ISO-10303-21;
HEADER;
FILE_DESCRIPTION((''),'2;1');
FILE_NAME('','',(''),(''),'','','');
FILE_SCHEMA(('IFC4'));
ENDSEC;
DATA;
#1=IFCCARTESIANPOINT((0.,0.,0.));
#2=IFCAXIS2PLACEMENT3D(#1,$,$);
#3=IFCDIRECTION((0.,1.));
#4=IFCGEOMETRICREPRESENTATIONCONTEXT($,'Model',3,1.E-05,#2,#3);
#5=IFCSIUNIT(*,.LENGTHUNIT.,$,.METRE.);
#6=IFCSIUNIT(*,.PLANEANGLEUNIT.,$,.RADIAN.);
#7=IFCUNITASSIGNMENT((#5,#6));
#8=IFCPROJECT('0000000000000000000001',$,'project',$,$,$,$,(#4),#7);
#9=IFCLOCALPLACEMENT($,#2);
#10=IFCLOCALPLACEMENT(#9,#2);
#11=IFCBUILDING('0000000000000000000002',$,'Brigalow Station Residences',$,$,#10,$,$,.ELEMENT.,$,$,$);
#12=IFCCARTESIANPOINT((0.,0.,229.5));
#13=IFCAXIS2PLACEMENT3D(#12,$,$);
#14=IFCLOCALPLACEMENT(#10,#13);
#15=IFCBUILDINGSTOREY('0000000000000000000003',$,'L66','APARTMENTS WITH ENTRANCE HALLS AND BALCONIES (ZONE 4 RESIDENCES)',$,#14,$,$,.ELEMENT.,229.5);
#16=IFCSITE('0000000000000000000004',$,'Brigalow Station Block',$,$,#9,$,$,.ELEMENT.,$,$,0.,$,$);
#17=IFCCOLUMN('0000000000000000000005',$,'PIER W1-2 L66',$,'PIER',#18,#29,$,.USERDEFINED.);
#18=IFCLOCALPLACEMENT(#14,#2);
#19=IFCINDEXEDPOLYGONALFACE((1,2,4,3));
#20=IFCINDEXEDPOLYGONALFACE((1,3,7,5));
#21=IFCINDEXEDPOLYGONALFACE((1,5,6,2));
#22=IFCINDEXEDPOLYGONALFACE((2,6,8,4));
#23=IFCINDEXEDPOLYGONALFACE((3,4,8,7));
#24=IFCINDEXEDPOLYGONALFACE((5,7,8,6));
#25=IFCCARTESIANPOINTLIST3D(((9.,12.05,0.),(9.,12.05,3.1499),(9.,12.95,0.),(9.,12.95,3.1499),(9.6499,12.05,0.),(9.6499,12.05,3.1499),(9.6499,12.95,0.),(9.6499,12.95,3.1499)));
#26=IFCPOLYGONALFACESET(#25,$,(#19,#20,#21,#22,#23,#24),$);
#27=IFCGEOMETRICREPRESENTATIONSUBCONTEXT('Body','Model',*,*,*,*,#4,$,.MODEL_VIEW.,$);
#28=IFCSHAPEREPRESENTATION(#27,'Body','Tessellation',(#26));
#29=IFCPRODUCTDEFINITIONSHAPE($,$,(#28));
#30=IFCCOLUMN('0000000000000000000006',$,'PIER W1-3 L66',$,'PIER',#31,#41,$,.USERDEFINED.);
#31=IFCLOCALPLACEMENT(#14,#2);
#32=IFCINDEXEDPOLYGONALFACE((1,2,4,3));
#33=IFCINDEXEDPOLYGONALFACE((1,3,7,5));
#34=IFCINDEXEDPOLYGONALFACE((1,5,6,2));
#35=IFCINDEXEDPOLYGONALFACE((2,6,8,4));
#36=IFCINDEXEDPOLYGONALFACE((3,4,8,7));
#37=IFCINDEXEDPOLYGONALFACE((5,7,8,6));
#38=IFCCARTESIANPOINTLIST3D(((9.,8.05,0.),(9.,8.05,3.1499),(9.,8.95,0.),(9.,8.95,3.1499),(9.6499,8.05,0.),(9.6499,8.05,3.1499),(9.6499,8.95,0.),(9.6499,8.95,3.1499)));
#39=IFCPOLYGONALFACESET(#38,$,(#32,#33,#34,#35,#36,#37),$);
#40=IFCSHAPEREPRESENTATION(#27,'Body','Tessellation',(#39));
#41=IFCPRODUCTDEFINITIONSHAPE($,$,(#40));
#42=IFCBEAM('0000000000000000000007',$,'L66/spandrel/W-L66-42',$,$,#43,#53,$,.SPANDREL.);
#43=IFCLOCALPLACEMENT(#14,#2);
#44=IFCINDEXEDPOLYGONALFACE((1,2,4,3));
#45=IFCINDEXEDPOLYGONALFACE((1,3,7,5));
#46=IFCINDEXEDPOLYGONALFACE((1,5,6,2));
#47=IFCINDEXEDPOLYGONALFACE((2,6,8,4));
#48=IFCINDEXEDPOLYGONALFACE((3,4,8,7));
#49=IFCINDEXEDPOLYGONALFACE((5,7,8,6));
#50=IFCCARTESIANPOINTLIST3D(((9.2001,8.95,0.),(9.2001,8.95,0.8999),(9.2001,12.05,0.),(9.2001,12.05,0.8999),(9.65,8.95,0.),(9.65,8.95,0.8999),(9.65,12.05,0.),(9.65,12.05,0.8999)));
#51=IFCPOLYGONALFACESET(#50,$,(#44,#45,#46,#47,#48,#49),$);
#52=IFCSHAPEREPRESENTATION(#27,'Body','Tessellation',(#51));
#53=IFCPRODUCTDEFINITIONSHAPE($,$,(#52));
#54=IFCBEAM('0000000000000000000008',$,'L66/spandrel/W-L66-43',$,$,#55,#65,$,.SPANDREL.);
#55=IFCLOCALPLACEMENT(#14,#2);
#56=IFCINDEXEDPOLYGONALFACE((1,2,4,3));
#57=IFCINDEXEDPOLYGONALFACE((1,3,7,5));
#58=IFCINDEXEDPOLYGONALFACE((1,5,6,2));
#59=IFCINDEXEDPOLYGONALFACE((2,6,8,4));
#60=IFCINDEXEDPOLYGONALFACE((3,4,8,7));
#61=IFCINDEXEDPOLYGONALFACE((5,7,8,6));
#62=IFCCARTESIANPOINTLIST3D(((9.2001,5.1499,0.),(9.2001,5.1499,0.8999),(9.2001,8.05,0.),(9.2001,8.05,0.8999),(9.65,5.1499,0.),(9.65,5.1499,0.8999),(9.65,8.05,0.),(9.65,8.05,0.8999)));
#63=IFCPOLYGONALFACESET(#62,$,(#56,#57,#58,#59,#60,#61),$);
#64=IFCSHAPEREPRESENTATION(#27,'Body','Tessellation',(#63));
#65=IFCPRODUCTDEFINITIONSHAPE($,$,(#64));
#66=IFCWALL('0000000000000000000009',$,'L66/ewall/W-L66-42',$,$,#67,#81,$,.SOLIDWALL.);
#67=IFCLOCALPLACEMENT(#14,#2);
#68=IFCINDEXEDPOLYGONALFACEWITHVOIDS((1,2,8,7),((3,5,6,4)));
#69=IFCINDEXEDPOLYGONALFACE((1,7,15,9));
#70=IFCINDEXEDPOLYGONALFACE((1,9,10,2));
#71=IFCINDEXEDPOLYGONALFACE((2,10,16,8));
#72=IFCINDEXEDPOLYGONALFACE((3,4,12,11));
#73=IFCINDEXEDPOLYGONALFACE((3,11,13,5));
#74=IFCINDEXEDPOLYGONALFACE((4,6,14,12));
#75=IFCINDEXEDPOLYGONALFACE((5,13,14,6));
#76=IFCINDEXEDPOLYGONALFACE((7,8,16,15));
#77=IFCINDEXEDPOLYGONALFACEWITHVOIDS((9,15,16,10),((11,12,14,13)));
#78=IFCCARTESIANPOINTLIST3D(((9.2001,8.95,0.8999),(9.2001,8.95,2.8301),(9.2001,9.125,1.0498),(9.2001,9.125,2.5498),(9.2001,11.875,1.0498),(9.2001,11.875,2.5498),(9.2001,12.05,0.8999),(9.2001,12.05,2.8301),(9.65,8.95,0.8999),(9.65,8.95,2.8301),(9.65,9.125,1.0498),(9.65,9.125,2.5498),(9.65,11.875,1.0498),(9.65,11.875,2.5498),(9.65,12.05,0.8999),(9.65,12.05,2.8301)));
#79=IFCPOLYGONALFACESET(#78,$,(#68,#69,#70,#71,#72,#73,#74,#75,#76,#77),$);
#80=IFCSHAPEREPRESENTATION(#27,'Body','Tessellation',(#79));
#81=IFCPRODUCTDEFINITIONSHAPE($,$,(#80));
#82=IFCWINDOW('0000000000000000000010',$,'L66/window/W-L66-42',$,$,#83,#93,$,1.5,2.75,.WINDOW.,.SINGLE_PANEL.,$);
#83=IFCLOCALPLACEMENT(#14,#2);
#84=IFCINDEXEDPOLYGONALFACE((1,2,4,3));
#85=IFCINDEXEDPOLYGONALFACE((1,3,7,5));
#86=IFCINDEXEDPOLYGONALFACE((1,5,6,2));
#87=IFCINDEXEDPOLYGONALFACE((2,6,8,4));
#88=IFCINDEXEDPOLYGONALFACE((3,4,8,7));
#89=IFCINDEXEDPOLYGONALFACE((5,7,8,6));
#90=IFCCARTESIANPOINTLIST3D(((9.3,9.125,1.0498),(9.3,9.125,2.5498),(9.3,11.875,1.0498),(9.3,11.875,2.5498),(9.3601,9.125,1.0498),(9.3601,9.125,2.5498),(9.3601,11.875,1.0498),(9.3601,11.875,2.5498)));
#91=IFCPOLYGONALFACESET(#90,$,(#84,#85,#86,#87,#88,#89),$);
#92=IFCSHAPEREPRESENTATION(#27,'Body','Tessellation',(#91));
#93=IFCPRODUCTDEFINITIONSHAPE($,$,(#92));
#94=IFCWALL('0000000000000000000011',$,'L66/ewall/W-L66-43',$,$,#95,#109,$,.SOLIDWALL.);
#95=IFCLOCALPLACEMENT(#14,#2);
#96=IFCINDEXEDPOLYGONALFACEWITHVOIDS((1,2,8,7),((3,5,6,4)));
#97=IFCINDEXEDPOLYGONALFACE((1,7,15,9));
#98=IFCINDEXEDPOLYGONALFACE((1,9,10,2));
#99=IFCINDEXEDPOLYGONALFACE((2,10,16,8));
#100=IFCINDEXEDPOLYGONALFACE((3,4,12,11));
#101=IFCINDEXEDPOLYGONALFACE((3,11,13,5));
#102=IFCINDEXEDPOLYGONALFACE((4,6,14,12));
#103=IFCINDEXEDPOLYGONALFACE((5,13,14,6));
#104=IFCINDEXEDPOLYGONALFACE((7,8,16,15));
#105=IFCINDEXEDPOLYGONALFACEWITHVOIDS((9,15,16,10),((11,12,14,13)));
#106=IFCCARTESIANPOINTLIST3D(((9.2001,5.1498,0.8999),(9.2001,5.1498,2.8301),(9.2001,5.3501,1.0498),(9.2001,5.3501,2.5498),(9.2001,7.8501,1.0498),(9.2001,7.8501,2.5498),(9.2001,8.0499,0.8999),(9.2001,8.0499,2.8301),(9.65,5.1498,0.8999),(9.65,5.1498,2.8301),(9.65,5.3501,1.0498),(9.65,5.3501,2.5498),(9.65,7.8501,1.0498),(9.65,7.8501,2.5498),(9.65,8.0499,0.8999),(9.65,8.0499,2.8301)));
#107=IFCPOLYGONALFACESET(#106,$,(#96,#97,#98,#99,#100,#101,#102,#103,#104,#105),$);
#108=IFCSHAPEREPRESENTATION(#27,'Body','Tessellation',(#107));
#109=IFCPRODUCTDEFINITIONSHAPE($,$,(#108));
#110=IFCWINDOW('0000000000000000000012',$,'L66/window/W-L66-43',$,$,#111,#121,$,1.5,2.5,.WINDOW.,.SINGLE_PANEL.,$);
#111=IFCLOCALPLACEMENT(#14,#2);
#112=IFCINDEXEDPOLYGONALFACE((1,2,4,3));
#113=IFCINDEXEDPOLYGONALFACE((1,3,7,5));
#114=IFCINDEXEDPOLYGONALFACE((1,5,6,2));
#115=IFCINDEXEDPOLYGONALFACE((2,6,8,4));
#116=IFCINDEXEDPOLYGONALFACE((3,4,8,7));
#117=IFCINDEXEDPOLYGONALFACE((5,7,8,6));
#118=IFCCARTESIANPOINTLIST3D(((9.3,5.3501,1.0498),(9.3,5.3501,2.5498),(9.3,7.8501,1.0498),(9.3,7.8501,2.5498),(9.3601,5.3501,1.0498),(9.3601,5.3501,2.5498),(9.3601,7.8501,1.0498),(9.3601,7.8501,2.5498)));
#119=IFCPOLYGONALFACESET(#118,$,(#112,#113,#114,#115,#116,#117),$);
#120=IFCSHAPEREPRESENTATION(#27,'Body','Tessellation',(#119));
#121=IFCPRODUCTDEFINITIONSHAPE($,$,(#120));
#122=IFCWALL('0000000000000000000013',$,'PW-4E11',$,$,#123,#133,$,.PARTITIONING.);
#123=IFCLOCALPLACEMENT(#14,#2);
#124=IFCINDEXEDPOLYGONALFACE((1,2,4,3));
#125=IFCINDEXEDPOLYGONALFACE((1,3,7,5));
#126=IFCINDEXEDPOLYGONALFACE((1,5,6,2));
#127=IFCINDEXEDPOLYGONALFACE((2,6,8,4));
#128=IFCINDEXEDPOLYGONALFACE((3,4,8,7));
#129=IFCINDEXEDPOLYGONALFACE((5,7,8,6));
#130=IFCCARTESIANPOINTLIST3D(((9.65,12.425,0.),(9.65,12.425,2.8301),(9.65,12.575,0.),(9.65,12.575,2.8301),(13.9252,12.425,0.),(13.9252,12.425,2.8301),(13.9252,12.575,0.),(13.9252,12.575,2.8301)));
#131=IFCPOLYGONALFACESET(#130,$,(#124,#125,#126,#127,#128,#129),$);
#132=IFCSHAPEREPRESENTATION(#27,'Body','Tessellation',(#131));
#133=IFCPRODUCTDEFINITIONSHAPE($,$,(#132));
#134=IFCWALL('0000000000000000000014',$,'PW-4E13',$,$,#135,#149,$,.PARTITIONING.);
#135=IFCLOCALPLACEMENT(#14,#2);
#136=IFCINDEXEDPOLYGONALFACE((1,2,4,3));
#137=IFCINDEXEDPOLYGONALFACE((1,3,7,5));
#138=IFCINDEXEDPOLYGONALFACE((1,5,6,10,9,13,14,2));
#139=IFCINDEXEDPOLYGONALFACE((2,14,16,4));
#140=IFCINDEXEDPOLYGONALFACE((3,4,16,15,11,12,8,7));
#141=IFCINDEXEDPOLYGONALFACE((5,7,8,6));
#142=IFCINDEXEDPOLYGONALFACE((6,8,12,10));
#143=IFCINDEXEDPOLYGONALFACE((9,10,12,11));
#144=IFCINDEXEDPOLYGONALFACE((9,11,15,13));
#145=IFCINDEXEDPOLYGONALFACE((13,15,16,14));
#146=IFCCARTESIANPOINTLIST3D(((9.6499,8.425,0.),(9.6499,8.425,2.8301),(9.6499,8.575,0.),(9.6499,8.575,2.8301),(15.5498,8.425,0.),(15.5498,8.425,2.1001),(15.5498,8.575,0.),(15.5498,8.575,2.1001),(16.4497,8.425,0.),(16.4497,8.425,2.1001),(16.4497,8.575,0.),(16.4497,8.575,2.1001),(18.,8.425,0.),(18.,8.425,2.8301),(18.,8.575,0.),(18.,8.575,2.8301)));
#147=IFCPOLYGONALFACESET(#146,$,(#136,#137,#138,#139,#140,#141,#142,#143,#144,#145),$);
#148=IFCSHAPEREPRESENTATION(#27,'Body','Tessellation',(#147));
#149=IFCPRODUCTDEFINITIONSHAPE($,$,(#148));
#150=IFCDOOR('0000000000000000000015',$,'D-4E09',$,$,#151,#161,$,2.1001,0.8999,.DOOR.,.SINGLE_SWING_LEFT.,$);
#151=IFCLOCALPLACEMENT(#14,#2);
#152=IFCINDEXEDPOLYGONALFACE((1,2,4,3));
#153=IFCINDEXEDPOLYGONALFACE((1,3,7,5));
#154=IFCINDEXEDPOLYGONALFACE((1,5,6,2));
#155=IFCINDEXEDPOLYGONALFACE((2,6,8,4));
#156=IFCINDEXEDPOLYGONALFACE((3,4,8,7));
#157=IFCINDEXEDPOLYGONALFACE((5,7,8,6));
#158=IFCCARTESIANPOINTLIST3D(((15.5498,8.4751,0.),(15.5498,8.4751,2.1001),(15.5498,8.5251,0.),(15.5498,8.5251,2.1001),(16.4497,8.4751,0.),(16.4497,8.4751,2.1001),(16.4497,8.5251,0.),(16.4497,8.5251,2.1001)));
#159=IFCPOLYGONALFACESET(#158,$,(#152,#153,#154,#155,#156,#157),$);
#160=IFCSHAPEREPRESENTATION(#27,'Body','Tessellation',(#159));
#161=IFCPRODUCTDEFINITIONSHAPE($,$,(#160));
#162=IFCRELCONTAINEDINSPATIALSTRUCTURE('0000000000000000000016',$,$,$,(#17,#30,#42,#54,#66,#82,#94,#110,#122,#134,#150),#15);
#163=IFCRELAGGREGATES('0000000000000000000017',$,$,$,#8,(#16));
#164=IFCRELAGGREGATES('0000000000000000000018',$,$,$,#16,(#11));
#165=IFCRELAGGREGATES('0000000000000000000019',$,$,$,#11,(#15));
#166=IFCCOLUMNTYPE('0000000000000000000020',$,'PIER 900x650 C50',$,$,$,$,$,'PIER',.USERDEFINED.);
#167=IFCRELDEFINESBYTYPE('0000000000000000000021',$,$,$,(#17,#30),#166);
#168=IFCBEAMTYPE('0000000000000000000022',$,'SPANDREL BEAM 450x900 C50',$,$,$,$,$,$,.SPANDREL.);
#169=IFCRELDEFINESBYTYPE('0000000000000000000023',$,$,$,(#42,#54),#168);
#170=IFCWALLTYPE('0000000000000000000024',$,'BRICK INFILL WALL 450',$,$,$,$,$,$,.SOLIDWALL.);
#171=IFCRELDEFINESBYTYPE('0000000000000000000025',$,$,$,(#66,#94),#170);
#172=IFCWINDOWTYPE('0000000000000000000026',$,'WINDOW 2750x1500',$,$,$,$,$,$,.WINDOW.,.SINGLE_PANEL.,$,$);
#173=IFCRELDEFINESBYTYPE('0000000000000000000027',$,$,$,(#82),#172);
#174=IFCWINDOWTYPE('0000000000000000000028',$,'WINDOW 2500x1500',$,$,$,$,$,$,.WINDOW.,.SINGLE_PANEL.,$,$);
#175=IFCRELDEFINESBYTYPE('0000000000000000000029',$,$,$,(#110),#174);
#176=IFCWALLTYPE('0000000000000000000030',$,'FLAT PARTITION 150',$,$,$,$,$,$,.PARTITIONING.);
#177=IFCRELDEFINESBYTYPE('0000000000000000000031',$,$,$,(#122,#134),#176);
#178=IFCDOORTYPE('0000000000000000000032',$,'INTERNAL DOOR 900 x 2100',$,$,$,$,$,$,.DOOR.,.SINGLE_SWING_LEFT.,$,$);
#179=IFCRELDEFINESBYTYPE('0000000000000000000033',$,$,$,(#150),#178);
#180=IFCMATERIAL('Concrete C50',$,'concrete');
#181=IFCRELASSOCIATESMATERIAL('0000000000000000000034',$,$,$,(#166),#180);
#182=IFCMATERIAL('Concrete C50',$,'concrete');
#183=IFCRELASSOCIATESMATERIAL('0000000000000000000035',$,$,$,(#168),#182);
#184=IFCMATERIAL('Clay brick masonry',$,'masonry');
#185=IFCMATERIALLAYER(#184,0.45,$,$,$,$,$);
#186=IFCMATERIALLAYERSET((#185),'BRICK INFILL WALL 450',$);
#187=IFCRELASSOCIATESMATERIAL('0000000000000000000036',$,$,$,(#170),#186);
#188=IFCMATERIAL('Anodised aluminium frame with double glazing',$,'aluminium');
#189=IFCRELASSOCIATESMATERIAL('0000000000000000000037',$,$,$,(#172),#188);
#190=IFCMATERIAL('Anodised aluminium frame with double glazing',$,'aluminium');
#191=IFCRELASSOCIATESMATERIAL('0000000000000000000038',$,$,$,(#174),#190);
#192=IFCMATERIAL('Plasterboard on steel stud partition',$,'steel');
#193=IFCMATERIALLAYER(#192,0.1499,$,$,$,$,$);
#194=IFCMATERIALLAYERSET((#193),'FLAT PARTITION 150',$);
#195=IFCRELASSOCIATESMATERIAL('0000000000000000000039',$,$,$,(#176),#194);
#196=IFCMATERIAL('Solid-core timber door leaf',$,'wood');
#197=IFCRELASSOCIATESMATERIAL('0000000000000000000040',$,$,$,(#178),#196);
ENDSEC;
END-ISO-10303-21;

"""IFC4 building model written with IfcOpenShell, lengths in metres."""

from ifc_helpers import new_model, si_unit, direction, frame, frame_2d, origin, origin_2d, place, context, subcontext, project, spatial, rectangle, extrude, material, layer, layer_set, material_profile, profile_set, type_object, element, fill, save


model = new_model("IFC4")

# Units and contexts
model_context = context("Model", 3, precision=1e-05, world=origin(), true_north=direction((0.0, 1.0)))
body_context = subcontext(model_context, "Body", "Model", "MODEL_VIEW")
ifc_project = project(units=[si_unit("LENGTHUNIT", "METRE"), si_unit("PLANEANGLEUNIT", "RADIAN")], contexts=[model_context])

# Site, building, storey
site_placement = place(None, origin())
site = spatial("IfcSite", under=ifc_project, at=site_placement, Name="Brigalow Station Block", CompositionType="ELEMENT", RefElevation=0.0)
building_placement = place(site_placement, origin())
building = spatial("IfcBuilding", under=site, at=building_placement, Name="Brigalow Station Residences", CompositionType="ELEMENT")
storey_placement = place(building_placement, frame((0.0, 0.0, 229.5)))
storey = spatial("IfcBuildingStorey", under=building, at=storey_placement, Name="L66", Description="APARTMENTS WITH ENTRANCE HALLS AND BALCONIES (ZONE 4 RESIDENCES)", CompositionType="ELEMENT", Elevation=229.5)

# Columns
ifc_material_1 = material(Name="Concrete C50", Category="concrete")
ifc_material_profile_1 = material_profile(ifc_material_1, rectangle(XDim=0.8999, YDim=0.6499, at=origin_2d()), Name="RC900x650")
ifc_profile_set_1 = profile_set([ifc_material_profile_1], Name="Concrete C50")
column_type = type_object("IfcColumnType", Name="PIER 900x650 C50", ElementType="PIER", PredefinedType="USERDEFINED", material=ifc_profile_set_1)
for number, where, z_axis, x_axis, name in (
    (1, (9.325, 12.5, 0.0), (0.0, 0.0, 1.0), (0.0, -1.0, 0.0), "PIER W1-2 L66"),
    (2, (9.325, 8.5, 0.0), (0.0, 0.0, 1.0), (0.0, -1.0, 0.0), "PIER W1-3 L66"),
):
    element("IfcColumn", number, at=place(storey_placement, frame(where, z_axis=z_axis, x_axis=x_axis)), inside=storey, type_object=column_type, Name=name, ObjectType="PIER", PredefinedType="USERDEFINED", context=body_context, shape_type="SweptSolid", body=[
        extrude(rectangle(XDim=0.8999, YDim=0.6499, at=origin_2d()), origin(), (0.0, 0.0, 1.0), 3.1499),
    ])

# Beams
ifc_material_2 = material(Name="Concrete C50", Category="concrete")
ifc_material_profile_2 = material_profile(ifc_material_2, rectangle(XDim=0.45, YDim=0.8999, at=origin_2d()), Name="RC450x900")
ifc_profile_set_2 = profile_set([ifc_material_profile_2], Name="Concrete C50")
beam_type = type_object("IfcBeamType", Name="SPANDREL BEAM 450x900 C50", PredefinedType="SPANDREL", material=ifc_profile_set_2)
beam_1_placement = place(storey_placement, frame((9.425, 12.05, 0.45), z_axis=(0.0, -1.0, 0.0), x_axis=(1.0, 0.0, 0.0)))
element("IfcBeam", 3, at=beam_1_placement, inside=storey, type_object=beam_type, Name="L66/spandrel/W-L66-42", PredefinedType="SPANDREL", context=body_context, shape_type="SweptSolid", body=[
    extrude(rectangle(XDim=0.45, YDim=0.8999, at=origin_2d()), origin(), (0.0, 0.0, 1.0), 3.1001),
])
beam_2_placement = place(storey_placement, frame((9.425, 8.05, 0.45), z_axis=(0.0, -1.0, 0.0), x_axis=(1.0, 0.0, 0.0)))
element("IfcBeam", 4, at=beam_2_placement, inside=storey, type_object=beam_type, Name="L66/spandrel/W-L66-43", PredefinedType="SPANDREL", context=body_context, shape_type="SweptSolid", body=[
    extrude(rectangle(XDim=0.45, YDim=0.8999, at=origin_2d()), origin(), (0.0, 0.0, 1.0), 2.9001),
])

# Walls, openings, windows
ifc_material_3 = material(Name="Clay brick masonry", Category="masonry")
ifc_layer_1 = layer(ifc_material_3, 0.45)
ifc_layer_set_1 = layer_set([ifc_layer_1], Name="BRICK INFILL WALL 450")
wall_type_1 = type_object("IfcWallType", Name="BRICK INFILL WALL 450", PredefinedType="SOLIDWALL", material=ifc_layer_set_1)
wall_1_placement = place(storey_placement, frame((9.425, 12.05, 0.8999), z_axis=(0.0, 0.0, 1.0), x_axis=(0.0, -1.0, 0.0)))
wall_1 = element("IfcWall", 5, at=wall_1_placement, inside=storey, type_object=wall_type_1, Name="L66/ewall/W-L66-42", PredefinedType="SOLIDWALL", context=body_context, shape_type="SweptSolid", body=[
    extrude(rectangle(XDim=3.1001, YDim=0.45, at=frame_2d((1.55, 0.0))), origin(), (0.0, 0.0, 1.0), 1.9302),
])
opening_1_placement = place(wall_1_placement, frame((0.175, 0.0, 0.1499)))
opening_1 = element("IfcOpeningElement", 6, at=opening_1_placement, cuts=wall_1, PredefinedType="OPENING", context=body_context, shape_type="SweptSolid", body=[
    extrude(rectangle(XDim=2.75, YDim=1.5, at=frame_2d((1.375, 0.75))), frame((0.0, 0.2349, 0.0), z_axis=(0.0, -1.0, 0.0), x_axis=(1.0, 0.0, 0.0)), (0.0, 0.0, 1.0), 0.47),
])
ifc_material_4 = material(Name="Anodised aluminium frame with double glazing", Category="aluminium")
window_type_1 = type_object("IfcWindowType", Name="WINDOW 2750x1500", PartitioningType="SINGLE_PANEL", PredefinedType="WINDOW", material=ifc_material_4)
window_1_placement = place(opening_1_placement, origin())
window_1 = element("IfcWindow", 7, at=window_1_placement, inside=storey, type_object=window_type_1, Name="L66/window/W-L66-42", OverallHeight=1.5, OverallWidth=2.75, PartitioningType="SINGLE_PANEL", PredefinedType="WINDOW", context=body_context, shape_type="SweptSolid", body=[
    extrude(rectangle(XDim=2.75, YDim=1.5, at=frame_2d((1.375, 0.75))), frame((0.0, -0.0649, 0.0), z_axis=(0.0, -1.0, 0.0), x_axis=(1.0, 0.0, 0.0)), (0.0, 0.0, 1.0), 0.0601),
])
fill(opening_1, window_1)
wall_2_placement = place(storey_placement, frame((9.425, 8.05, 0.8999), z_axis=(0.0, 0.0, 1.0), x_axis=(0.0, -1.0, 0.0)))
wall_2 = element("IfcWall", 8, at=wall_2_placement, inside=storey, type_object=wall_type_1, Name="L66/ewall/W-L66-43", PredefinedType="SOLIDWALL", context=body_context, shape_type="SweptSolid", body=[
    extrude(rectangle(XDim=2.9001, YDim=0.45, at=frame_2d((1.4502, 0.0))), origin(), (0.0, 0.0, 1.0), 1.9302),
])
opening_2_placement = place(wall_2_placement, frame((0.2, 0.0, 0.1499)))
opening_2 = element("IfcOpeningElement", 9, at=opening_2_placement, cuts=wall_2, PredefinedType="OPENING", context=body_context, shape_type="SweptSolid", body=[
    extrude(rectangle(XDim=2.5, YDim=1.5, at=frame_2d((1.25, 0.75))), frame((0.0, 0.2349, 0.0), z_axis=(0.0, -1.0, 0.0), x_axis=(1.0, 0.0, 0.0)), (0.0, 0.0, 1.0), 0.47),
])
ifc_material_5 = material(Name="Anodised aluminium frame with double glazing", Category="aluminium")
window_type_2 = type_object("IfcWindowType", Name="WINDOW 2500x1500", PartitioningType="SINGLE_PANEL", PredefinedType="WINDOW", material=ifc_material_5)
window_2_placement = place(opening_2_placement, origin())
window_2 = element("IfcWindow", 10, at=window_2_placement, inside=storey, type_object=window_type_2, Name="L66/window/W-L66-43", OverallHeight=1.5, OverallWidth=2.5, PartitioningType="SINGLE_PANEL", PredefinedType="WINDOW", context=body_context, shape_type="SweptSolid", body=[
    extrude(rectangle(XDim=2.5, YDim=1.5, at=frame_2d((1.25, 0.75))), frame((0.0, -0.0649, 0.0), z_axis=(0.0, -1.0, 0.0), x_axis=(1.0, 0.0, 0.0)), (0.0, 0.0, 1.0), 0.0601),
])
fill(opening_2, window_2)

# Wall
ifc_material_6 = material(Name="Plasterboard on steel stud partition", Category="steel")
ifc_layer_2 = layer(ifc_material_6, 0.1499)
ifc_layer_set_2 = layer_set([ifc_layer_2], Name="FLAT PARTITION 150")
wall_type_2 = type_object("IfcWallType", Name="FLAT PARTITION 150", PredefinedType="PARTITIONING", material=ifc_layer_set_2)
wall_3_placement = place(storey_placement, frame((9.6499, 12.5, 0.0), z_axis=(0.0, 0.0, 1.0), x_axis=(1.0, 0.0, 0.0)))
element("IfcWall", 11, at=wall_3_placement, inside=storey, type_object=wall_type_2, Name="PW-4E11", PredefinedType="PARTITIONING", context=body_context, shape_type="SweptSolid", body=[
    extrude(rectangle(XDim=4.2751, YDim=0.1499, at=frame_2d((2.1377, 0.0))), origin(), (0.0, 0.0, 1.0), 2.8301),
])

# Wall, opening, door
wall_4_placement = place(storey_placement, frame((9.6499, 8.5, 0.0), z_axis=(0.0, 0.0, 1.0), x_axis=(1.0, 0.0, 0.0)))
wall_4 = element("IfcWall", 12, at=wall_4_placement, inside=storey, type_object=wall_type_2, Name="PW-4E13", PredefinedType="PARTITIONING", context=body_context, shape_type="SweptSolid", body=[
    extrude(rectangle(XDim=8.3501, YDim=0.1499, at=frame_2d((4.175, 0.0))), origin(), (0.0, 0.0, 1.0), 2.8301),
])
opening_3_placement = place(wall_4_placement, frame((5.8999, 0.0, 0.0)))
opening_3 = element("IfcOpeningElement", 13, at=opening_3_placement, cuts=wall_4, PredefinedType="OPENING", context=body_context, shape_type="SweptSolid", body=[
    extrude(rectangle(XDim=0.8999, YDim=2.1001, at=frame_2d((0.45, 1.05))), frame((0.0, 0.085, 0.0), z_axis=(0.0, -1.0, 0.0), x_axis=(1.0, 0.0, 0.0)), (0.0, 0.0, 1.0), 0.1699),
])
ifc_material_7 = material(Name="Solid-core timber door leaf", Category="wood")
door_type = type_object("IfcDoorType", Name="INTERNAL DOOR 900 x 2100", OperationType="SINGLE_SWING_LEFT", PredefinedType="DOOR", material=ifc_material_7)
door_1_placement = place(opening_3_placement, frame((0.8999, 0.0, 0.0), z_axis=(0.0, 0.0, 1.0), x_axis=(-1.0, 0.0, 0.0)))
door_1 = element("IfcDoor", 14, at=door_1_placement, inside=storey, type_object=door_type, Name="D-4E09", OperationType="SINGLE_SWING_LEFT", OverallHeight=2.1001, OverallWidth=0.8999, PredefinedType="DOOR", context=body_context, shape_type="SweptSolid", body=[
    extrude(rectangle(XDim=0.8999, YDim=2.1001, at=frame_2d((0.45, 1.05))), frame((0.0, 0.0249, 0.0), z_axis=(0.0, -1.0, 0.0), x_axis=(1.0, 0.0, 0.0)), (0.0, 0.0, 1.0), 0.05),
])
fill(opening_3, door_1)

save(model, "model.ifc")
